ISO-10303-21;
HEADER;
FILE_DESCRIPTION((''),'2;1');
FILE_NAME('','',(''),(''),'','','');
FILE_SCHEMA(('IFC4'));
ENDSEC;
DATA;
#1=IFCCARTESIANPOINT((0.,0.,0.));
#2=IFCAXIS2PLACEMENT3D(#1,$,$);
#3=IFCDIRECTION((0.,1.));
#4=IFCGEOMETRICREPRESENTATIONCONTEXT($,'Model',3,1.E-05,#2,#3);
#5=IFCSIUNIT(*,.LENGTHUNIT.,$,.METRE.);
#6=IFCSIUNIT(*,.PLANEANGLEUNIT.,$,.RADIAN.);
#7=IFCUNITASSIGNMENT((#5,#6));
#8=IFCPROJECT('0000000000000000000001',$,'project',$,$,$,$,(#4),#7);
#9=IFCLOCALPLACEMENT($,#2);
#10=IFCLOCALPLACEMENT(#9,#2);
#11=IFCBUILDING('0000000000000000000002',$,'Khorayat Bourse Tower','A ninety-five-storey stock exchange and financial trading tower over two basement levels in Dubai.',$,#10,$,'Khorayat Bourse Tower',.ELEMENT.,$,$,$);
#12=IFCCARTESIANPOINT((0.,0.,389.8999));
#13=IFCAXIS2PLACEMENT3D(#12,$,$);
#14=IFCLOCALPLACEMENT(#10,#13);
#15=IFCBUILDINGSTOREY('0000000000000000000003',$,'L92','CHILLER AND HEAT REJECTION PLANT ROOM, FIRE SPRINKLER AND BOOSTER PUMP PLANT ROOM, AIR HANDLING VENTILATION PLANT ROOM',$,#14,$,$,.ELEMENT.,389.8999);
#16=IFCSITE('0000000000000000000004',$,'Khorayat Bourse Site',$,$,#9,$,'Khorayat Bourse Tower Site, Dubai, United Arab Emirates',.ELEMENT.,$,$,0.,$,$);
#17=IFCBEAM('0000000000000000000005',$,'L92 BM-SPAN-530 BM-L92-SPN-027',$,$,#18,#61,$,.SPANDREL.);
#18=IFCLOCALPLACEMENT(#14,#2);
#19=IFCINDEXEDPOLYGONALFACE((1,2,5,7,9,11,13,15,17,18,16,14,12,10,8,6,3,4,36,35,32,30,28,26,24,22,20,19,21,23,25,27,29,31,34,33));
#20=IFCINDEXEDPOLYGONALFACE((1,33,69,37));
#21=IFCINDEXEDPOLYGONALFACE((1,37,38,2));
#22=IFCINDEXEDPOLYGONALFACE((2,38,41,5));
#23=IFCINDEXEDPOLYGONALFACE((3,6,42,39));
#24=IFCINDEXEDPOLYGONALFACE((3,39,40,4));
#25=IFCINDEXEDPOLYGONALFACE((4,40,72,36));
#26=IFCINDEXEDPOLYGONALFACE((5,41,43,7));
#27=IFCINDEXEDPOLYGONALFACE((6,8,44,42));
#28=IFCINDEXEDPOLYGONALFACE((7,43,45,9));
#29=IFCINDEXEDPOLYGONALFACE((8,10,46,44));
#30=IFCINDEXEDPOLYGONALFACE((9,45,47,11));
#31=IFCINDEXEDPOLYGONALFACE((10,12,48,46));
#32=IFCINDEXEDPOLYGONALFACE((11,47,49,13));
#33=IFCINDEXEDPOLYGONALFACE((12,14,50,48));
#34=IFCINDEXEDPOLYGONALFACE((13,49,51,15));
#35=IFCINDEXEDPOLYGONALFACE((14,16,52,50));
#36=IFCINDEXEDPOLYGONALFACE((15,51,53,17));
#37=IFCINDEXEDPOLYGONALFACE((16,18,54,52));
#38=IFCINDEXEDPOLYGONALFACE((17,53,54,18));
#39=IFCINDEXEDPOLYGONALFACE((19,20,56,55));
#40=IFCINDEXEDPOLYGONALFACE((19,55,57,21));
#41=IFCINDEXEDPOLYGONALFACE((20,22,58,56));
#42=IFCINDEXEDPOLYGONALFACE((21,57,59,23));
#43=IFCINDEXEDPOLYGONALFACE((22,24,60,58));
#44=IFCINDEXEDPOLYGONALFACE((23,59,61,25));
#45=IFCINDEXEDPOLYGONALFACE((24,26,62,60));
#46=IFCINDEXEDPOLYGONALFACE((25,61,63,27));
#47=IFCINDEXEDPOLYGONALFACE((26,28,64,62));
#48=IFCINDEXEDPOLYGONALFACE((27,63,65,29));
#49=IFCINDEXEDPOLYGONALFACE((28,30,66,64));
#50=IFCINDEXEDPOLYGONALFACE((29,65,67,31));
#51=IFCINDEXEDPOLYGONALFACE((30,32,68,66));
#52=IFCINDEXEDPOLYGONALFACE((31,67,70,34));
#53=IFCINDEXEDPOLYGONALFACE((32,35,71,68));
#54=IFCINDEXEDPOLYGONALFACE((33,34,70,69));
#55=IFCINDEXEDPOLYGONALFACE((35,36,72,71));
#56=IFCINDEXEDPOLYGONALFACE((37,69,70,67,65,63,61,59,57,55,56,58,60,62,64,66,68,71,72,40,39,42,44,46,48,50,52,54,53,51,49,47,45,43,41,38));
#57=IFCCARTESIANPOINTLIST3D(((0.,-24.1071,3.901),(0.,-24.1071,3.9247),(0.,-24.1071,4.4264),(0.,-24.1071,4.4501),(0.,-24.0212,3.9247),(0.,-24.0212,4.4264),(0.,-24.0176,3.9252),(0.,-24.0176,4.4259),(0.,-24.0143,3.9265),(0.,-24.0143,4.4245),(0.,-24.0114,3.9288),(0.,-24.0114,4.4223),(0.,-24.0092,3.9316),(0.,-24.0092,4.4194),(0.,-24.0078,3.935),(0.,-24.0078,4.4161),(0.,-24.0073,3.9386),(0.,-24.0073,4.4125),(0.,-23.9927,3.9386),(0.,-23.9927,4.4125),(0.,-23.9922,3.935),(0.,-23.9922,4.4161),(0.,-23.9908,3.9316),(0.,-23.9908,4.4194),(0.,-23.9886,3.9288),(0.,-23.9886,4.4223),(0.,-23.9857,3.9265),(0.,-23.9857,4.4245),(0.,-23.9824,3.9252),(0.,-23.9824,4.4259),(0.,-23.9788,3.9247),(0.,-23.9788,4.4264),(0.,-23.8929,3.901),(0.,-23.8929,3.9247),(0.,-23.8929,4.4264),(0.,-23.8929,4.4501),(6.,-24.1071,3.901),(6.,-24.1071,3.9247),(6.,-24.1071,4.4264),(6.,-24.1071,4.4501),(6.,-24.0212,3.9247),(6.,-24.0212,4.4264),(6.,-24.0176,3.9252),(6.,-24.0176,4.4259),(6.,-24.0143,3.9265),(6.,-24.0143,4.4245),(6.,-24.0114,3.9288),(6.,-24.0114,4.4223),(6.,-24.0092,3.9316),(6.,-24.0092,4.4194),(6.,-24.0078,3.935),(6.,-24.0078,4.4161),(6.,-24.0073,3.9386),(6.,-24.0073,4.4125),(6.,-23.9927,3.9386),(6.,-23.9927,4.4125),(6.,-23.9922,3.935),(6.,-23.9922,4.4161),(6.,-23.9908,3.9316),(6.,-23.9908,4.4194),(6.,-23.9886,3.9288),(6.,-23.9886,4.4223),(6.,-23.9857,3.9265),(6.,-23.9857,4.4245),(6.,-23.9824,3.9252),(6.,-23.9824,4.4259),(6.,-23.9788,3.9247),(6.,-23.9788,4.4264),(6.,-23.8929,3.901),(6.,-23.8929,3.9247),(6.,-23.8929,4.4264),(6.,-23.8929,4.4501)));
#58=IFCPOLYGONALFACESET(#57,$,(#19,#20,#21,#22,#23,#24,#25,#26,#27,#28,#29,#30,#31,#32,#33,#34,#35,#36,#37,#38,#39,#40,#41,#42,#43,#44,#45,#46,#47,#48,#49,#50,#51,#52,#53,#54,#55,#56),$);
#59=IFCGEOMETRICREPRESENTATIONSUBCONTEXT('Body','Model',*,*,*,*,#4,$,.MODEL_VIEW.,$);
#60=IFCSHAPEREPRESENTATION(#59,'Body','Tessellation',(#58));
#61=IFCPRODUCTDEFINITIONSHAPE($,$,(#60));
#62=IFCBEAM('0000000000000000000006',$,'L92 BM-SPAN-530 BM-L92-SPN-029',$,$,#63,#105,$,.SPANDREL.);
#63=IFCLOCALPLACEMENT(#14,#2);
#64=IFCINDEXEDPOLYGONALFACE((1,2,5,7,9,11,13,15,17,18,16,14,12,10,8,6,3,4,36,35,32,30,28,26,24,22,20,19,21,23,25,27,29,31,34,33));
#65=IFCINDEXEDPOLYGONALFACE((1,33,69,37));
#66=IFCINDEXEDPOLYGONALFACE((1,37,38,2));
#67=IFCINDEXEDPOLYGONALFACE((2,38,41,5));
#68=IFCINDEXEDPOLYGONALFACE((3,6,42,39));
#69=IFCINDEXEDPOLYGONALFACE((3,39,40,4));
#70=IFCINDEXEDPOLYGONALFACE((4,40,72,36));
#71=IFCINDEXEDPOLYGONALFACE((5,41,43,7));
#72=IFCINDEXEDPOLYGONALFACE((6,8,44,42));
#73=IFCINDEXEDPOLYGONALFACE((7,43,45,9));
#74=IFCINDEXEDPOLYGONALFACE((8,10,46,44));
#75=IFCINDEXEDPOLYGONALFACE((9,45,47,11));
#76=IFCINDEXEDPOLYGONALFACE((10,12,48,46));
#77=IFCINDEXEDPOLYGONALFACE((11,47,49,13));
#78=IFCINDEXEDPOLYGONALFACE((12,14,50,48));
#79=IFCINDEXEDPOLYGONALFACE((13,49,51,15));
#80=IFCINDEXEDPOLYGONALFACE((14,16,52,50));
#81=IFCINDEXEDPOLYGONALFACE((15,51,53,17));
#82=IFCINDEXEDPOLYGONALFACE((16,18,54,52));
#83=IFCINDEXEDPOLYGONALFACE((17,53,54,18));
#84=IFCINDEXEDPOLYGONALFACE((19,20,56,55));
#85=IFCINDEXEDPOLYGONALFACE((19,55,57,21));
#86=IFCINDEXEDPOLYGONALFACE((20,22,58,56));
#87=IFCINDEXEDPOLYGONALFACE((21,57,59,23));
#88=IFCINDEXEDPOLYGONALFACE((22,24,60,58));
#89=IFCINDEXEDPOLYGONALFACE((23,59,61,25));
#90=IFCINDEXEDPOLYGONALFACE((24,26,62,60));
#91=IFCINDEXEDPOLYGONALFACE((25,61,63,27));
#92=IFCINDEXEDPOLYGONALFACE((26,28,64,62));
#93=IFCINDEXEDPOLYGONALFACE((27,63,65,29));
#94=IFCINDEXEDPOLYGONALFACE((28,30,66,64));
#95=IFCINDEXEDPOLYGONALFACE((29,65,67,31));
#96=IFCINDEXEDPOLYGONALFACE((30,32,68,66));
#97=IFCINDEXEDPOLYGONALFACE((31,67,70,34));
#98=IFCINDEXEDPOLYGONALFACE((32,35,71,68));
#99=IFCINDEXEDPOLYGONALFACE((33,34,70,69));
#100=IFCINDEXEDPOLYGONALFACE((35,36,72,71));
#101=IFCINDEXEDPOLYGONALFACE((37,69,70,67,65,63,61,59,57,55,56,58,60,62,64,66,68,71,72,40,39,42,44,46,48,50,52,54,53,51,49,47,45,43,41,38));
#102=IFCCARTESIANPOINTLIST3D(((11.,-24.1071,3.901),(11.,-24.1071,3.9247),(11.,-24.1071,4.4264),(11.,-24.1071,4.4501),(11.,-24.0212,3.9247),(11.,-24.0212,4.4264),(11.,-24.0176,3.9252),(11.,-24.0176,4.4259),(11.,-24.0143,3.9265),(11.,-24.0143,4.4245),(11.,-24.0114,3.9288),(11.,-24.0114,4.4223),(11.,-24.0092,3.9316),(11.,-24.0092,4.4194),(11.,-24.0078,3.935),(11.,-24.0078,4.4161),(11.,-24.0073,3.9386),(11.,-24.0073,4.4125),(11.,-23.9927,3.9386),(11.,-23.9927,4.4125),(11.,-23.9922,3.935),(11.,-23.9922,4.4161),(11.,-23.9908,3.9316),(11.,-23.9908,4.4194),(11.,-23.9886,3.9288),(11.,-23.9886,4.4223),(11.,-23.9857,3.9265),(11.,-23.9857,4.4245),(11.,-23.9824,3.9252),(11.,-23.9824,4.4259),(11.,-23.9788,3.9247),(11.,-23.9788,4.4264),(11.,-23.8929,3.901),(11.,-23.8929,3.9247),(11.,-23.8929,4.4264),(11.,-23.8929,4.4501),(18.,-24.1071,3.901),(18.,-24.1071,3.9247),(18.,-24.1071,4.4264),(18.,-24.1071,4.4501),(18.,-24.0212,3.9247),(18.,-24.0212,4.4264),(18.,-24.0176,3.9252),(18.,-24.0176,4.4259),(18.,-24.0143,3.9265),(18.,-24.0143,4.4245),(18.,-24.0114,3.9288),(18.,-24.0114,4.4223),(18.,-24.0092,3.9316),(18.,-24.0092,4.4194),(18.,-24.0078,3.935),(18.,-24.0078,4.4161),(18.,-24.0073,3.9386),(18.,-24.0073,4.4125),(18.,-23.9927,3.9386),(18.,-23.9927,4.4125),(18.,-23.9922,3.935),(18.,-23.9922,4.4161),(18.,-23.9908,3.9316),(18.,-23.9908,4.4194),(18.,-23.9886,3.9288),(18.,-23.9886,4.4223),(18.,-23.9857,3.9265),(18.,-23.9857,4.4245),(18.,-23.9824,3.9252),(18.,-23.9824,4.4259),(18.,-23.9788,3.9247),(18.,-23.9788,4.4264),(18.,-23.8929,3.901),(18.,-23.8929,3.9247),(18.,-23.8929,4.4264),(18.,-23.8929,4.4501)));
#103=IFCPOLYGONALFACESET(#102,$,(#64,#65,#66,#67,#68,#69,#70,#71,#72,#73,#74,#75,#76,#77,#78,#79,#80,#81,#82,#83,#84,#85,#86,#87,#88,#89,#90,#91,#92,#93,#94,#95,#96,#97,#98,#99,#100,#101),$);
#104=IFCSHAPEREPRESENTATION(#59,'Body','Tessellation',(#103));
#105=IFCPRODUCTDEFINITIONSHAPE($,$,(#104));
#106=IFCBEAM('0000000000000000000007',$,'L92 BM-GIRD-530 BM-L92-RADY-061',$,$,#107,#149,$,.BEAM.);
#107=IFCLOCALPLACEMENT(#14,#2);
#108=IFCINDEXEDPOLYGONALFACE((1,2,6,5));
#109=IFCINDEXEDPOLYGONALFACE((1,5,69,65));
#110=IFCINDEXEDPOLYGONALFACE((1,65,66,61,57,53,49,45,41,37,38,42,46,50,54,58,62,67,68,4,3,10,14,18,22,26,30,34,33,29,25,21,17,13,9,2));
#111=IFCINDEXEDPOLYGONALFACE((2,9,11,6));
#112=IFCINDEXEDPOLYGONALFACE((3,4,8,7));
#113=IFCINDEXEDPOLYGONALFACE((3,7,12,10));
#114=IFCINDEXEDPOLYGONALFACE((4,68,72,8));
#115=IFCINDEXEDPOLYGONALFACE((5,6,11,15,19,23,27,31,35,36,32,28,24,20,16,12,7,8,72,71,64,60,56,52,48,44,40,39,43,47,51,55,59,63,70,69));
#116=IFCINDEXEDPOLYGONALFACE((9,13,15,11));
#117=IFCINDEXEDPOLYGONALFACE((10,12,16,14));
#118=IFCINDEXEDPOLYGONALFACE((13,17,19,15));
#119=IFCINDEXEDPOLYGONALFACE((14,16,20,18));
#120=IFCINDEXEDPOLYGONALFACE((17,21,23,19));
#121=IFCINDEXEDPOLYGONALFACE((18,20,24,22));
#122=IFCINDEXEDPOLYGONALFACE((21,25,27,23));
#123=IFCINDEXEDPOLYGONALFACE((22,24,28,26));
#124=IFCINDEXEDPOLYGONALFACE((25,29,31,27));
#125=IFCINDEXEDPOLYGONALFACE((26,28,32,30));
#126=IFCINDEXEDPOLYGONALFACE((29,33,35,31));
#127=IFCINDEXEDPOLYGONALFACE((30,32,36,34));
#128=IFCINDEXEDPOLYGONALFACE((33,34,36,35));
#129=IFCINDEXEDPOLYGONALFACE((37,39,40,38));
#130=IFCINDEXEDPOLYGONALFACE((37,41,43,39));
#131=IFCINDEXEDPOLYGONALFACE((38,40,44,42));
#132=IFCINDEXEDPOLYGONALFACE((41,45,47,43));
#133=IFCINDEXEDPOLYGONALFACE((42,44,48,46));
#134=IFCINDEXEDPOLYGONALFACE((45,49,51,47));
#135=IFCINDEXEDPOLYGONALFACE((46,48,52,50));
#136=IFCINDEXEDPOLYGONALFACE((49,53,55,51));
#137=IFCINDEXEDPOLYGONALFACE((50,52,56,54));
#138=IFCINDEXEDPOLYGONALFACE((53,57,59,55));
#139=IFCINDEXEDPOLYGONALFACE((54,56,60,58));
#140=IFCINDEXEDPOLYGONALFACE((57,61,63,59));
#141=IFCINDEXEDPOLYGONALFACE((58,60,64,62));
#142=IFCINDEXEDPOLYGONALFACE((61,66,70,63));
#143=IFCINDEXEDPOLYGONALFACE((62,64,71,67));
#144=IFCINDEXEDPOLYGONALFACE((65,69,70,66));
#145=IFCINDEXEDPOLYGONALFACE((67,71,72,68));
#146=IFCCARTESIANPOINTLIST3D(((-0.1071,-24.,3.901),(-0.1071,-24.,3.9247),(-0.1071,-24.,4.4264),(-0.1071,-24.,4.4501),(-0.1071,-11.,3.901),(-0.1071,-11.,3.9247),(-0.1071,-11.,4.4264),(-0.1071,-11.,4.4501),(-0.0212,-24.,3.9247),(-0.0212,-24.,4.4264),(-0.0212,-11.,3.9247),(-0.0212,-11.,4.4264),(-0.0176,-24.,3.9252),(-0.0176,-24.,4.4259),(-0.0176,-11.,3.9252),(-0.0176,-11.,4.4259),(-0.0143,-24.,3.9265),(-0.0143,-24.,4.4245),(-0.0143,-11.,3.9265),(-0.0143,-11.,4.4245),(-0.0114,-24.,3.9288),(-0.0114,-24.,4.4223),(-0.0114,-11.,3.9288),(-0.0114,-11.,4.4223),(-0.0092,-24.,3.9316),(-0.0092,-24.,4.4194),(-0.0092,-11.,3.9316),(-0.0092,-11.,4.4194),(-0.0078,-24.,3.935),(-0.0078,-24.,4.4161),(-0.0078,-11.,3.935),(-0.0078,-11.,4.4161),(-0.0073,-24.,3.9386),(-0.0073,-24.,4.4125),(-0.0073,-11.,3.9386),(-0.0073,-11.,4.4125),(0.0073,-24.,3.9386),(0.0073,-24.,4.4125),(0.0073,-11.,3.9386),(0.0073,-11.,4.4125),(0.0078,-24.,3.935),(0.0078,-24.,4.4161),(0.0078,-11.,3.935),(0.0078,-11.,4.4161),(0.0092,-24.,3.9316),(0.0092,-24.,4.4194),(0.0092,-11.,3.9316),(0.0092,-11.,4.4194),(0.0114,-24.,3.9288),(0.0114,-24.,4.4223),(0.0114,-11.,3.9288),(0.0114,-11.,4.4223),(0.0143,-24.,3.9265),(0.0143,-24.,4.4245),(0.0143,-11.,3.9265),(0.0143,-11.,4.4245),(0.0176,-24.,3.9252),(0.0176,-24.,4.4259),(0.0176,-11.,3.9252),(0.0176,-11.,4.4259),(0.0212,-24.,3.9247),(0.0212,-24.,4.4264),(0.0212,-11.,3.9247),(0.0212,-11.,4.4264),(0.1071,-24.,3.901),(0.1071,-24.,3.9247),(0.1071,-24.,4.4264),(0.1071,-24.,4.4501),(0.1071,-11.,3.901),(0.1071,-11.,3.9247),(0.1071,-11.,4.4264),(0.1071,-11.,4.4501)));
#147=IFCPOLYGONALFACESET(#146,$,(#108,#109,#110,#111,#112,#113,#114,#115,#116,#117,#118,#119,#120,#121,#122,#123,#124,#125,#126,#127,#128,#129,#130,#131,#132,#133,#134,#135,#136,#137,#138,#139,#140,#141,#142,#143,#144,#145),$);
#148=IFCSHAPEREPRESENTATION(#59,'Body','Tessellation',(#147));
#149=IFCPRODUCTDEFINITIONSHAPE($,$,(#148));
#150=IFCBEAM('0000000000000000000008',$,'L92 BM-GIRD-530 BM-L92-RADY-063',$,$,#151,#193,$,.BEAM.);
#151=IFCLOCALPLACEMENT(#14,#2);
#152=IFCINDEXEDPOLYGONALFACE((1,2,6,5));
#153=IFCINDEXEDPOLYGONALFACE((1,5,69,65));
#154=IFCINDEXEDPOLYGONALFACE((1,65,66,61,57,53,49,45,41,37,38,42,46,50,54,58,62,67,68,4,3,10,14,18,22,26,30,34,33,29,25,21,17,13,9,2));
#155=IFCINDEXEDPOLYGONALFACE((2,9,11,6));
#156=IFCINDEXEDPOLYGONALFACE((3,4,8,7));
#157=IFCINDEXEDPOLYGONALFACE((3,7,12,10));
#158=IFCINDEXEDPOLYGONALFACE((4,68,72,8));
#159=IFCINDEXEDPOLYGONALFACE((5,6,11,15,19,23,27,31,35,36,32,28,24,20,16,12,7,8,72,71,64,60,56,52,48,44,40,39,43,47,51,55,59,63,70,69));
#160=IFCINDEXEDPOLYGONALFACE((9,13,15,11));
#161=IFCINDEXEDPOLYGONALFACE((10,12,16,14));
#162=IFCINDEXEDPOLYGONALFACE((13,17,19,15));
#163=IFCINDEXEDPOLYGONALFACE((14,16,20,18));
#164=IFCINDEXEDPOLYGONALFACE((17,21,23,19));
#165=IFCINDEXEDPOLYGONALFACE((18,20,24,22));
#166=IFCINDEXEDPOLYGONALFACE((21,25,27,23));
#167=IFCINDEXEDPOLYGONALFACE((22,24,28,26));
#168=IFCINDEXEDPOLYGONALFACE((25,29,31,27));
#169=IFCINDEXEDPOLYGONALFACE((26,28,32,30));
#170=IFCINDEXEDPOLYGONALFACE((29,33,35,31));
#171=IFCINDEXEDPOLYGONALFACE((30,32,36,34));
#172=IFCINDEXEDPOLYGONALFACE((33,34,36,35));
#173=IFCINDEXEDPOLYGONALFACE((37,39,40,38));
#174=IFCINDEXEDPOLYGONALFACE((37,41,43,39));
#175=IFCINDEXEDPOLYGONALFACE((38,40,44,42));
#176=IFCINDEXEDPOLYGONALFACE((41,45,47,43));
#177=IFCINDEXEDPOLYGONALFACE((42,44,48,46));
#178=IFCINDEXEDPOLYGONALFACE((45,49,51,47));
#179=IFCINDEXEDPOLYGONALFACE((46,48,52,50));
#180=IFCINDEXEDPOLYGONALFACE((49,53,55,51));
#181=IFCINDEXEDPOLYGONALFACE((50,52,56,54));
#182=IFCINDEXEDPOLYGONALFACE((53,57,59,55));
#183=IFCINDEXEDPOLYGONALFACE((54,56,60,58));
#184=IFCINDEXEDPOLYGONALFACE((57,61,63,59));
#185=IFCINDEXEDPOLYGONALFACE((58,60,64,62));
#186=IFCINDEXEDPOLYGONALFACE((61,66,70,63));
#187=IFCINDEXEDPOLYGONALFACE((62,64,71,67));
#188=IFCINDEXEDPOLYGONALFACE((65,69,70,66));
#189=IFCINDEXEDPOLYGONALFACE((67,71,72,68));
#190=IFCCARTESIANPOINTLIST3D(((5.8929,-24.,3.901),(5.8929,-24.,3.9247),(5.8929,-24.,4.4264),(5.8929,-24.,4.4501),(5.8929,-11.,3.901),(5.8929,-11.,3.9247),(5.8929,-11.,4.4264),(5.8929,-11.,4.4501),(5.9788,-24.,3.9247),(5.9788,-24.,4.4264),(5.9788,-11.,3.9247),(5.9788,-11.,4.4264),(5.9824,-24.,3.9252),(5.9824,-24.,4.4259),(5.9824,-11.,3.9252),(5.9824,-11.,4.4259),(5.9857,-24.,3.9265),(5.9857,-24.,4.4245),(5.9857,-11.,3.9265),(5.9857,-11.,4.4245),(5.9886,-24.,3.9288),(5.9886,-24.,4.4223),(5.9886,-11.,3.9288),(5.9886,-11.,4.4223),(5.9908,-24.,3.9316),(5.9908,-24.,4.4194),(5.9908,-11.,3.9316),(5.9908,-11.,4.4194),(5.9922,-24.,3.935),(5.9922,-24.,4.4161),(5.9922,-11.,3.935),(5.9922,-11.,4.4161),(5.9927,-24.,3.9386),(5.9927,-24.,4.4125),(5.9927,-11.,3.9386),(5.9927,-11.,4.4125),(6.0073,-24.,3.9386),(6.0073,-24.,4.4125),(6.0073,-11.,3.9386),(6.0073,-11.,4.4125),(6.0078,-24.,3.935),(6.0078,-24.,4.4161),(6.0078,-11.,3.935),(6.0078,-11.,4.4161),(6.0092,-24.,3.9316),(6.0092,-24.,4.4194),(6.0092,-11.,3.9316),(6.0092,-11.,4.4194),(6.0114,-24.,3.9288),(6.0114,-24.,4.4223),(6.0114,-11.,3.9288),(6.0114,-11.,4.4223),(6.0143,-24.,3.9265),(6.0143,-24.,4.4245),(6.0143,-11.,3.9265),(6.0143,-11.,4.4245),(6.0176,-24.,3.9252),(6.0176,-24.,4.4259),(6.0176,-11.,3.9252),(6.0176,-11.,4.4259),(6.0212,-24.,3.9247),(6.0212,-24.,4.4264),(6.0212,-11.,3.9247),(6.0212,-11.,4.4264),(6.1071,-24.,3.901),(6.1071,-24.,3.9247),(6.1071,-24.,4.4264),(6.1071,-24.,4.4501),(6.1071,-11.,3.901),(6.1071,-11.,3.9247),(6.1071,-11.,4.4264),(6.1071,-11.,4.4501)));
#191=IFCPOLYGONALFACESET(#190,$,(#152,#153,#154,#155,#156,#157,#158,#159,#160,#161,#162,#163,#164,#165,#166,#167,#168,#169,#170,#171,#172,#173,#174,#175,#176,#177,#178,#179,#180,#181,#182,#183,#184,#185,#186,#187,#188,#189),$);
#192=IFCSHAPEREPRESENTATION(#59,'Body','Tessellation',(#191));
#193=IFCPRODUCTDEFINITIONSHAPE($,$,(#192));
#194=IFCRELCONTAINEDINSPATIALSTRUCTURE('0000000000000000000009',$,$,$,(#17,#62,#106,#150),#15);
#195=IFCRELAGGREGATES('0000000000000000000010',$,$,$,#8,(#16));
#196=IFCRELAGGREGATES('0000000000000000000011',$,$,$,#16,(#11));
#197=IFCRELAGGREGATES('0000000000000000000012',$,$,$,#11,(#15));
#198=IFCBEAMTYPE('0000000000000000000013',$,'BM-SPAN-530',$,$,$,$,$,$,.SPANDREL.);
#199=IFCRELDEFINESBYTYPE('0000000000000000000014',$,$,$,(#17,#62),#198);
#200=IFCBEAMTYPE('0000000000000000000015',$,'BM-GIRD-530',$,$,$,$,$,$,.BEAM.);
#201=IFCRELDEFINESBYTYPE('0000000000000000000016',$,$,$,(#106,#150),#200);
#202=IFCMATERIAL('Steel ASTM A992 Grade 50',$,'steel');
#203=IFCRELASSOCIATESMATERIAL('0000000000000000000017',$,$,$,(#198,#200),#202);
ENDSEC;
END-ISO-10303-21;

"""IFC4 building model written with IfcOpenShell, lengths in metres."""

from ifc_helpers import new_model, si_unit, direction, frame, origin, origin_2d, place, context, subcontext, project, spatial, i_section, extrude, source, transform, mapped, material, material_profile, profile_set, type_object, element, save


model = new_model("IFC4")

# Units and contexts
model_context = context("Model", 3, precision=1e-05, world=origin(), true_north=direction((0.0, 1.0)))
body_context = subcontext(model_context, "Body", "Model", "MODEL_VIEW")
ifc_project = project(units=[si_unit("LENGTHUNIT", "METRE"), si_unit("PLANEANGLEUNIT", "RADIAN")], contexts=[model_context])

# Site, building, storey
site_placement = place(None, origin())
site = spatial("IfcSite", under=ifc_project, at=site_placement, Name="Khorayat Bourse Site", LongName="Khorayat Bourse Tower Site, Dubai, United Arab Emirates", CompositionType="ELEMENT", RefElevation=0.0)
building_placement = place(site_placement, origin())
building = spatial("IfcBuilding", under=site, at=building_placement, Name="Khorayat Bourse Tower", Description="A ninety-five-storey stock exchange and financial trading tower over two basement levels in Dubai.", LongName="Khorayat Bourse Tower", CompositionType="ELEMENT")
storey_placement = place(building_placement, frame((0.0, 0.0, 389.8999)))
storey = spatial("IfcBuildingStorey", under=building, at=storey_placement, Name="L92", Description="CHILLER AND HEAT REJECTION PLANT ROOM, FIRE SPRINKLER AND BOOSTER PUMP PLANT ROOM, AIR HANDLING VENTILATION PLANT ROOM", CompositionType="ELEMENT", Elevation=389.8999)

# Beams
ifc_material_1 = material(Name="Steel ASTM A992 Grade 50", Category="steel")
ifc_material_profile_1 = material_profile(ifc_material_1, i_section(OverallWidth=0.2141, OverallDepth=0.5491, WebThickness=0.0146, FlangeThickness=0.0237, FilletRadius=0.0139, at=origin_2d()), Name="W530X138")
ifc_profile_set_1 = profile_set([ifc_material_profile_1], Name="Steel ASTM A992 Grade 50")
beam_type_1 = type_object("IfcBeamType", Name="BM-SPAN-530", PredefinedType="SPANDREL", material=ifc_profile_set_1)
shared_shape_1 = source(origin(), body_context, "Body", "SweptSolid", [
    extrude(i_section(OverallWidth=0.2141, OverallDepth=0.5491, WebThickness=0.0146, FlangeThickness=0.0237, FilletRadius=0.0139, at=origin_2d()), origin(), (0.0, 0.0, 1.0), 6.0),
])
beam_1_placement = place(storey_placement, frame((0.0, -24.0, 4.1755), z_axis=(1.0, 0.0, 0.0), x_axis=(0.0, 1.0, 0.0)))
element("IfcBeam", 1, at=beam_1_placement, inside=storey, type_object=beam_type_1, Name="L92 BM-SPAN-530 BM-L92-SPN-027", PredefinedType="SPANDREL", context=body_context, shape_type="MappedRepresentation", body=[
    mapped(shared_shape_1, transform((0.0, 0.0, 0.0), scale=1.0)),
])
shared_shape_2 = source(origin(), body_context, "Body", "SweptSolid", [
    extrude(i_section(OverallWidth=0.2141, OverallDepth=0.5491, WebThickness=0.0146, FlangeThickness=0.0237, FilletRadius=0.0139, at=origin_2d()), origin(), (0.0, 0.0, 1.0), 7.0),
])
beam_2_placement = place(storey_placement, frame((11.0, -24.0, 4.1755), z_axis=(1.0, 0.0, 0.0), x_axis=(0.0, 1.0, 0.0)))
element("IfcBeam", 2, at=beam_2_placement, inside=storey, type_object=beam_type_1, Name="L92 BM-SPAN-530 BM-L92-SPN-029", PredefinedType="SPANDREL", context=body_context, shape_type="MappedRepresentation", body=[
    mapped(shared_shape_2, transform((0.0, 0.0, 0.0), scale=1.0)),
])
ifc_material_profile_2 = material_profile(ifc_material_1, i_section(OverallWidth=0.2141, OverallDepth=0.5491, WebThickness=0.0146, FlangeThickness=0.0237, FilletRadius=0.0139, at=origin_2d()), Name="W530X138")
ifc_profile_set_2 = profile_set([ifc_material_profile_2], Name="Steel ASTM A992 Grade 50")
beam_type_2 = type_object("IfcBeamType", Name="BM-GIRD-530", PredefinedType="BEAM", material=ifc_profile_set_2)
shared_shape_3 = source(origin(), body_context, "Body", "SweptSolid", [
    extrude(i_section(OverallWidth=0.2141, OverallDepth=0.5491, WebThickness=0.0146, FlangeThickness=0.0237, FilletRadius=0.0139, at=origin_2d()), origin(), (0.0, 0.0, 1.0), 13.0),
])
for number, where, z_axis, x_axis, name in (
    (3, (0.0, -24.0, 4.1755), (0.0, 1.0, 0.0), (-1.0, 0.0, 0.0), "L92 BM-GIRD-530 BM-L92-RADY-061"),
    (4, (6.0, -24.0, 4.1755), (0.0, 1.0, 0.0), (-1.0, 0.0, 0.0), "L92 BM-GIRD-530 BM-L92-RADY-063"),
):
    element("IfcBeam", number, at=place(storey_placement, frame(where, z_axis=z_axis, x_axis=x_axis)), inside=storey, type_object=beam_type_2, Name=name, PredefinedType="BEAM", context=body_context, shape_type="MappedRepresentation", body=[
        mapped(shared_shape_3, transform((0.0, 0.0, 0.0), scale=1.0)),
    ])

save(model, "model.ifc")
